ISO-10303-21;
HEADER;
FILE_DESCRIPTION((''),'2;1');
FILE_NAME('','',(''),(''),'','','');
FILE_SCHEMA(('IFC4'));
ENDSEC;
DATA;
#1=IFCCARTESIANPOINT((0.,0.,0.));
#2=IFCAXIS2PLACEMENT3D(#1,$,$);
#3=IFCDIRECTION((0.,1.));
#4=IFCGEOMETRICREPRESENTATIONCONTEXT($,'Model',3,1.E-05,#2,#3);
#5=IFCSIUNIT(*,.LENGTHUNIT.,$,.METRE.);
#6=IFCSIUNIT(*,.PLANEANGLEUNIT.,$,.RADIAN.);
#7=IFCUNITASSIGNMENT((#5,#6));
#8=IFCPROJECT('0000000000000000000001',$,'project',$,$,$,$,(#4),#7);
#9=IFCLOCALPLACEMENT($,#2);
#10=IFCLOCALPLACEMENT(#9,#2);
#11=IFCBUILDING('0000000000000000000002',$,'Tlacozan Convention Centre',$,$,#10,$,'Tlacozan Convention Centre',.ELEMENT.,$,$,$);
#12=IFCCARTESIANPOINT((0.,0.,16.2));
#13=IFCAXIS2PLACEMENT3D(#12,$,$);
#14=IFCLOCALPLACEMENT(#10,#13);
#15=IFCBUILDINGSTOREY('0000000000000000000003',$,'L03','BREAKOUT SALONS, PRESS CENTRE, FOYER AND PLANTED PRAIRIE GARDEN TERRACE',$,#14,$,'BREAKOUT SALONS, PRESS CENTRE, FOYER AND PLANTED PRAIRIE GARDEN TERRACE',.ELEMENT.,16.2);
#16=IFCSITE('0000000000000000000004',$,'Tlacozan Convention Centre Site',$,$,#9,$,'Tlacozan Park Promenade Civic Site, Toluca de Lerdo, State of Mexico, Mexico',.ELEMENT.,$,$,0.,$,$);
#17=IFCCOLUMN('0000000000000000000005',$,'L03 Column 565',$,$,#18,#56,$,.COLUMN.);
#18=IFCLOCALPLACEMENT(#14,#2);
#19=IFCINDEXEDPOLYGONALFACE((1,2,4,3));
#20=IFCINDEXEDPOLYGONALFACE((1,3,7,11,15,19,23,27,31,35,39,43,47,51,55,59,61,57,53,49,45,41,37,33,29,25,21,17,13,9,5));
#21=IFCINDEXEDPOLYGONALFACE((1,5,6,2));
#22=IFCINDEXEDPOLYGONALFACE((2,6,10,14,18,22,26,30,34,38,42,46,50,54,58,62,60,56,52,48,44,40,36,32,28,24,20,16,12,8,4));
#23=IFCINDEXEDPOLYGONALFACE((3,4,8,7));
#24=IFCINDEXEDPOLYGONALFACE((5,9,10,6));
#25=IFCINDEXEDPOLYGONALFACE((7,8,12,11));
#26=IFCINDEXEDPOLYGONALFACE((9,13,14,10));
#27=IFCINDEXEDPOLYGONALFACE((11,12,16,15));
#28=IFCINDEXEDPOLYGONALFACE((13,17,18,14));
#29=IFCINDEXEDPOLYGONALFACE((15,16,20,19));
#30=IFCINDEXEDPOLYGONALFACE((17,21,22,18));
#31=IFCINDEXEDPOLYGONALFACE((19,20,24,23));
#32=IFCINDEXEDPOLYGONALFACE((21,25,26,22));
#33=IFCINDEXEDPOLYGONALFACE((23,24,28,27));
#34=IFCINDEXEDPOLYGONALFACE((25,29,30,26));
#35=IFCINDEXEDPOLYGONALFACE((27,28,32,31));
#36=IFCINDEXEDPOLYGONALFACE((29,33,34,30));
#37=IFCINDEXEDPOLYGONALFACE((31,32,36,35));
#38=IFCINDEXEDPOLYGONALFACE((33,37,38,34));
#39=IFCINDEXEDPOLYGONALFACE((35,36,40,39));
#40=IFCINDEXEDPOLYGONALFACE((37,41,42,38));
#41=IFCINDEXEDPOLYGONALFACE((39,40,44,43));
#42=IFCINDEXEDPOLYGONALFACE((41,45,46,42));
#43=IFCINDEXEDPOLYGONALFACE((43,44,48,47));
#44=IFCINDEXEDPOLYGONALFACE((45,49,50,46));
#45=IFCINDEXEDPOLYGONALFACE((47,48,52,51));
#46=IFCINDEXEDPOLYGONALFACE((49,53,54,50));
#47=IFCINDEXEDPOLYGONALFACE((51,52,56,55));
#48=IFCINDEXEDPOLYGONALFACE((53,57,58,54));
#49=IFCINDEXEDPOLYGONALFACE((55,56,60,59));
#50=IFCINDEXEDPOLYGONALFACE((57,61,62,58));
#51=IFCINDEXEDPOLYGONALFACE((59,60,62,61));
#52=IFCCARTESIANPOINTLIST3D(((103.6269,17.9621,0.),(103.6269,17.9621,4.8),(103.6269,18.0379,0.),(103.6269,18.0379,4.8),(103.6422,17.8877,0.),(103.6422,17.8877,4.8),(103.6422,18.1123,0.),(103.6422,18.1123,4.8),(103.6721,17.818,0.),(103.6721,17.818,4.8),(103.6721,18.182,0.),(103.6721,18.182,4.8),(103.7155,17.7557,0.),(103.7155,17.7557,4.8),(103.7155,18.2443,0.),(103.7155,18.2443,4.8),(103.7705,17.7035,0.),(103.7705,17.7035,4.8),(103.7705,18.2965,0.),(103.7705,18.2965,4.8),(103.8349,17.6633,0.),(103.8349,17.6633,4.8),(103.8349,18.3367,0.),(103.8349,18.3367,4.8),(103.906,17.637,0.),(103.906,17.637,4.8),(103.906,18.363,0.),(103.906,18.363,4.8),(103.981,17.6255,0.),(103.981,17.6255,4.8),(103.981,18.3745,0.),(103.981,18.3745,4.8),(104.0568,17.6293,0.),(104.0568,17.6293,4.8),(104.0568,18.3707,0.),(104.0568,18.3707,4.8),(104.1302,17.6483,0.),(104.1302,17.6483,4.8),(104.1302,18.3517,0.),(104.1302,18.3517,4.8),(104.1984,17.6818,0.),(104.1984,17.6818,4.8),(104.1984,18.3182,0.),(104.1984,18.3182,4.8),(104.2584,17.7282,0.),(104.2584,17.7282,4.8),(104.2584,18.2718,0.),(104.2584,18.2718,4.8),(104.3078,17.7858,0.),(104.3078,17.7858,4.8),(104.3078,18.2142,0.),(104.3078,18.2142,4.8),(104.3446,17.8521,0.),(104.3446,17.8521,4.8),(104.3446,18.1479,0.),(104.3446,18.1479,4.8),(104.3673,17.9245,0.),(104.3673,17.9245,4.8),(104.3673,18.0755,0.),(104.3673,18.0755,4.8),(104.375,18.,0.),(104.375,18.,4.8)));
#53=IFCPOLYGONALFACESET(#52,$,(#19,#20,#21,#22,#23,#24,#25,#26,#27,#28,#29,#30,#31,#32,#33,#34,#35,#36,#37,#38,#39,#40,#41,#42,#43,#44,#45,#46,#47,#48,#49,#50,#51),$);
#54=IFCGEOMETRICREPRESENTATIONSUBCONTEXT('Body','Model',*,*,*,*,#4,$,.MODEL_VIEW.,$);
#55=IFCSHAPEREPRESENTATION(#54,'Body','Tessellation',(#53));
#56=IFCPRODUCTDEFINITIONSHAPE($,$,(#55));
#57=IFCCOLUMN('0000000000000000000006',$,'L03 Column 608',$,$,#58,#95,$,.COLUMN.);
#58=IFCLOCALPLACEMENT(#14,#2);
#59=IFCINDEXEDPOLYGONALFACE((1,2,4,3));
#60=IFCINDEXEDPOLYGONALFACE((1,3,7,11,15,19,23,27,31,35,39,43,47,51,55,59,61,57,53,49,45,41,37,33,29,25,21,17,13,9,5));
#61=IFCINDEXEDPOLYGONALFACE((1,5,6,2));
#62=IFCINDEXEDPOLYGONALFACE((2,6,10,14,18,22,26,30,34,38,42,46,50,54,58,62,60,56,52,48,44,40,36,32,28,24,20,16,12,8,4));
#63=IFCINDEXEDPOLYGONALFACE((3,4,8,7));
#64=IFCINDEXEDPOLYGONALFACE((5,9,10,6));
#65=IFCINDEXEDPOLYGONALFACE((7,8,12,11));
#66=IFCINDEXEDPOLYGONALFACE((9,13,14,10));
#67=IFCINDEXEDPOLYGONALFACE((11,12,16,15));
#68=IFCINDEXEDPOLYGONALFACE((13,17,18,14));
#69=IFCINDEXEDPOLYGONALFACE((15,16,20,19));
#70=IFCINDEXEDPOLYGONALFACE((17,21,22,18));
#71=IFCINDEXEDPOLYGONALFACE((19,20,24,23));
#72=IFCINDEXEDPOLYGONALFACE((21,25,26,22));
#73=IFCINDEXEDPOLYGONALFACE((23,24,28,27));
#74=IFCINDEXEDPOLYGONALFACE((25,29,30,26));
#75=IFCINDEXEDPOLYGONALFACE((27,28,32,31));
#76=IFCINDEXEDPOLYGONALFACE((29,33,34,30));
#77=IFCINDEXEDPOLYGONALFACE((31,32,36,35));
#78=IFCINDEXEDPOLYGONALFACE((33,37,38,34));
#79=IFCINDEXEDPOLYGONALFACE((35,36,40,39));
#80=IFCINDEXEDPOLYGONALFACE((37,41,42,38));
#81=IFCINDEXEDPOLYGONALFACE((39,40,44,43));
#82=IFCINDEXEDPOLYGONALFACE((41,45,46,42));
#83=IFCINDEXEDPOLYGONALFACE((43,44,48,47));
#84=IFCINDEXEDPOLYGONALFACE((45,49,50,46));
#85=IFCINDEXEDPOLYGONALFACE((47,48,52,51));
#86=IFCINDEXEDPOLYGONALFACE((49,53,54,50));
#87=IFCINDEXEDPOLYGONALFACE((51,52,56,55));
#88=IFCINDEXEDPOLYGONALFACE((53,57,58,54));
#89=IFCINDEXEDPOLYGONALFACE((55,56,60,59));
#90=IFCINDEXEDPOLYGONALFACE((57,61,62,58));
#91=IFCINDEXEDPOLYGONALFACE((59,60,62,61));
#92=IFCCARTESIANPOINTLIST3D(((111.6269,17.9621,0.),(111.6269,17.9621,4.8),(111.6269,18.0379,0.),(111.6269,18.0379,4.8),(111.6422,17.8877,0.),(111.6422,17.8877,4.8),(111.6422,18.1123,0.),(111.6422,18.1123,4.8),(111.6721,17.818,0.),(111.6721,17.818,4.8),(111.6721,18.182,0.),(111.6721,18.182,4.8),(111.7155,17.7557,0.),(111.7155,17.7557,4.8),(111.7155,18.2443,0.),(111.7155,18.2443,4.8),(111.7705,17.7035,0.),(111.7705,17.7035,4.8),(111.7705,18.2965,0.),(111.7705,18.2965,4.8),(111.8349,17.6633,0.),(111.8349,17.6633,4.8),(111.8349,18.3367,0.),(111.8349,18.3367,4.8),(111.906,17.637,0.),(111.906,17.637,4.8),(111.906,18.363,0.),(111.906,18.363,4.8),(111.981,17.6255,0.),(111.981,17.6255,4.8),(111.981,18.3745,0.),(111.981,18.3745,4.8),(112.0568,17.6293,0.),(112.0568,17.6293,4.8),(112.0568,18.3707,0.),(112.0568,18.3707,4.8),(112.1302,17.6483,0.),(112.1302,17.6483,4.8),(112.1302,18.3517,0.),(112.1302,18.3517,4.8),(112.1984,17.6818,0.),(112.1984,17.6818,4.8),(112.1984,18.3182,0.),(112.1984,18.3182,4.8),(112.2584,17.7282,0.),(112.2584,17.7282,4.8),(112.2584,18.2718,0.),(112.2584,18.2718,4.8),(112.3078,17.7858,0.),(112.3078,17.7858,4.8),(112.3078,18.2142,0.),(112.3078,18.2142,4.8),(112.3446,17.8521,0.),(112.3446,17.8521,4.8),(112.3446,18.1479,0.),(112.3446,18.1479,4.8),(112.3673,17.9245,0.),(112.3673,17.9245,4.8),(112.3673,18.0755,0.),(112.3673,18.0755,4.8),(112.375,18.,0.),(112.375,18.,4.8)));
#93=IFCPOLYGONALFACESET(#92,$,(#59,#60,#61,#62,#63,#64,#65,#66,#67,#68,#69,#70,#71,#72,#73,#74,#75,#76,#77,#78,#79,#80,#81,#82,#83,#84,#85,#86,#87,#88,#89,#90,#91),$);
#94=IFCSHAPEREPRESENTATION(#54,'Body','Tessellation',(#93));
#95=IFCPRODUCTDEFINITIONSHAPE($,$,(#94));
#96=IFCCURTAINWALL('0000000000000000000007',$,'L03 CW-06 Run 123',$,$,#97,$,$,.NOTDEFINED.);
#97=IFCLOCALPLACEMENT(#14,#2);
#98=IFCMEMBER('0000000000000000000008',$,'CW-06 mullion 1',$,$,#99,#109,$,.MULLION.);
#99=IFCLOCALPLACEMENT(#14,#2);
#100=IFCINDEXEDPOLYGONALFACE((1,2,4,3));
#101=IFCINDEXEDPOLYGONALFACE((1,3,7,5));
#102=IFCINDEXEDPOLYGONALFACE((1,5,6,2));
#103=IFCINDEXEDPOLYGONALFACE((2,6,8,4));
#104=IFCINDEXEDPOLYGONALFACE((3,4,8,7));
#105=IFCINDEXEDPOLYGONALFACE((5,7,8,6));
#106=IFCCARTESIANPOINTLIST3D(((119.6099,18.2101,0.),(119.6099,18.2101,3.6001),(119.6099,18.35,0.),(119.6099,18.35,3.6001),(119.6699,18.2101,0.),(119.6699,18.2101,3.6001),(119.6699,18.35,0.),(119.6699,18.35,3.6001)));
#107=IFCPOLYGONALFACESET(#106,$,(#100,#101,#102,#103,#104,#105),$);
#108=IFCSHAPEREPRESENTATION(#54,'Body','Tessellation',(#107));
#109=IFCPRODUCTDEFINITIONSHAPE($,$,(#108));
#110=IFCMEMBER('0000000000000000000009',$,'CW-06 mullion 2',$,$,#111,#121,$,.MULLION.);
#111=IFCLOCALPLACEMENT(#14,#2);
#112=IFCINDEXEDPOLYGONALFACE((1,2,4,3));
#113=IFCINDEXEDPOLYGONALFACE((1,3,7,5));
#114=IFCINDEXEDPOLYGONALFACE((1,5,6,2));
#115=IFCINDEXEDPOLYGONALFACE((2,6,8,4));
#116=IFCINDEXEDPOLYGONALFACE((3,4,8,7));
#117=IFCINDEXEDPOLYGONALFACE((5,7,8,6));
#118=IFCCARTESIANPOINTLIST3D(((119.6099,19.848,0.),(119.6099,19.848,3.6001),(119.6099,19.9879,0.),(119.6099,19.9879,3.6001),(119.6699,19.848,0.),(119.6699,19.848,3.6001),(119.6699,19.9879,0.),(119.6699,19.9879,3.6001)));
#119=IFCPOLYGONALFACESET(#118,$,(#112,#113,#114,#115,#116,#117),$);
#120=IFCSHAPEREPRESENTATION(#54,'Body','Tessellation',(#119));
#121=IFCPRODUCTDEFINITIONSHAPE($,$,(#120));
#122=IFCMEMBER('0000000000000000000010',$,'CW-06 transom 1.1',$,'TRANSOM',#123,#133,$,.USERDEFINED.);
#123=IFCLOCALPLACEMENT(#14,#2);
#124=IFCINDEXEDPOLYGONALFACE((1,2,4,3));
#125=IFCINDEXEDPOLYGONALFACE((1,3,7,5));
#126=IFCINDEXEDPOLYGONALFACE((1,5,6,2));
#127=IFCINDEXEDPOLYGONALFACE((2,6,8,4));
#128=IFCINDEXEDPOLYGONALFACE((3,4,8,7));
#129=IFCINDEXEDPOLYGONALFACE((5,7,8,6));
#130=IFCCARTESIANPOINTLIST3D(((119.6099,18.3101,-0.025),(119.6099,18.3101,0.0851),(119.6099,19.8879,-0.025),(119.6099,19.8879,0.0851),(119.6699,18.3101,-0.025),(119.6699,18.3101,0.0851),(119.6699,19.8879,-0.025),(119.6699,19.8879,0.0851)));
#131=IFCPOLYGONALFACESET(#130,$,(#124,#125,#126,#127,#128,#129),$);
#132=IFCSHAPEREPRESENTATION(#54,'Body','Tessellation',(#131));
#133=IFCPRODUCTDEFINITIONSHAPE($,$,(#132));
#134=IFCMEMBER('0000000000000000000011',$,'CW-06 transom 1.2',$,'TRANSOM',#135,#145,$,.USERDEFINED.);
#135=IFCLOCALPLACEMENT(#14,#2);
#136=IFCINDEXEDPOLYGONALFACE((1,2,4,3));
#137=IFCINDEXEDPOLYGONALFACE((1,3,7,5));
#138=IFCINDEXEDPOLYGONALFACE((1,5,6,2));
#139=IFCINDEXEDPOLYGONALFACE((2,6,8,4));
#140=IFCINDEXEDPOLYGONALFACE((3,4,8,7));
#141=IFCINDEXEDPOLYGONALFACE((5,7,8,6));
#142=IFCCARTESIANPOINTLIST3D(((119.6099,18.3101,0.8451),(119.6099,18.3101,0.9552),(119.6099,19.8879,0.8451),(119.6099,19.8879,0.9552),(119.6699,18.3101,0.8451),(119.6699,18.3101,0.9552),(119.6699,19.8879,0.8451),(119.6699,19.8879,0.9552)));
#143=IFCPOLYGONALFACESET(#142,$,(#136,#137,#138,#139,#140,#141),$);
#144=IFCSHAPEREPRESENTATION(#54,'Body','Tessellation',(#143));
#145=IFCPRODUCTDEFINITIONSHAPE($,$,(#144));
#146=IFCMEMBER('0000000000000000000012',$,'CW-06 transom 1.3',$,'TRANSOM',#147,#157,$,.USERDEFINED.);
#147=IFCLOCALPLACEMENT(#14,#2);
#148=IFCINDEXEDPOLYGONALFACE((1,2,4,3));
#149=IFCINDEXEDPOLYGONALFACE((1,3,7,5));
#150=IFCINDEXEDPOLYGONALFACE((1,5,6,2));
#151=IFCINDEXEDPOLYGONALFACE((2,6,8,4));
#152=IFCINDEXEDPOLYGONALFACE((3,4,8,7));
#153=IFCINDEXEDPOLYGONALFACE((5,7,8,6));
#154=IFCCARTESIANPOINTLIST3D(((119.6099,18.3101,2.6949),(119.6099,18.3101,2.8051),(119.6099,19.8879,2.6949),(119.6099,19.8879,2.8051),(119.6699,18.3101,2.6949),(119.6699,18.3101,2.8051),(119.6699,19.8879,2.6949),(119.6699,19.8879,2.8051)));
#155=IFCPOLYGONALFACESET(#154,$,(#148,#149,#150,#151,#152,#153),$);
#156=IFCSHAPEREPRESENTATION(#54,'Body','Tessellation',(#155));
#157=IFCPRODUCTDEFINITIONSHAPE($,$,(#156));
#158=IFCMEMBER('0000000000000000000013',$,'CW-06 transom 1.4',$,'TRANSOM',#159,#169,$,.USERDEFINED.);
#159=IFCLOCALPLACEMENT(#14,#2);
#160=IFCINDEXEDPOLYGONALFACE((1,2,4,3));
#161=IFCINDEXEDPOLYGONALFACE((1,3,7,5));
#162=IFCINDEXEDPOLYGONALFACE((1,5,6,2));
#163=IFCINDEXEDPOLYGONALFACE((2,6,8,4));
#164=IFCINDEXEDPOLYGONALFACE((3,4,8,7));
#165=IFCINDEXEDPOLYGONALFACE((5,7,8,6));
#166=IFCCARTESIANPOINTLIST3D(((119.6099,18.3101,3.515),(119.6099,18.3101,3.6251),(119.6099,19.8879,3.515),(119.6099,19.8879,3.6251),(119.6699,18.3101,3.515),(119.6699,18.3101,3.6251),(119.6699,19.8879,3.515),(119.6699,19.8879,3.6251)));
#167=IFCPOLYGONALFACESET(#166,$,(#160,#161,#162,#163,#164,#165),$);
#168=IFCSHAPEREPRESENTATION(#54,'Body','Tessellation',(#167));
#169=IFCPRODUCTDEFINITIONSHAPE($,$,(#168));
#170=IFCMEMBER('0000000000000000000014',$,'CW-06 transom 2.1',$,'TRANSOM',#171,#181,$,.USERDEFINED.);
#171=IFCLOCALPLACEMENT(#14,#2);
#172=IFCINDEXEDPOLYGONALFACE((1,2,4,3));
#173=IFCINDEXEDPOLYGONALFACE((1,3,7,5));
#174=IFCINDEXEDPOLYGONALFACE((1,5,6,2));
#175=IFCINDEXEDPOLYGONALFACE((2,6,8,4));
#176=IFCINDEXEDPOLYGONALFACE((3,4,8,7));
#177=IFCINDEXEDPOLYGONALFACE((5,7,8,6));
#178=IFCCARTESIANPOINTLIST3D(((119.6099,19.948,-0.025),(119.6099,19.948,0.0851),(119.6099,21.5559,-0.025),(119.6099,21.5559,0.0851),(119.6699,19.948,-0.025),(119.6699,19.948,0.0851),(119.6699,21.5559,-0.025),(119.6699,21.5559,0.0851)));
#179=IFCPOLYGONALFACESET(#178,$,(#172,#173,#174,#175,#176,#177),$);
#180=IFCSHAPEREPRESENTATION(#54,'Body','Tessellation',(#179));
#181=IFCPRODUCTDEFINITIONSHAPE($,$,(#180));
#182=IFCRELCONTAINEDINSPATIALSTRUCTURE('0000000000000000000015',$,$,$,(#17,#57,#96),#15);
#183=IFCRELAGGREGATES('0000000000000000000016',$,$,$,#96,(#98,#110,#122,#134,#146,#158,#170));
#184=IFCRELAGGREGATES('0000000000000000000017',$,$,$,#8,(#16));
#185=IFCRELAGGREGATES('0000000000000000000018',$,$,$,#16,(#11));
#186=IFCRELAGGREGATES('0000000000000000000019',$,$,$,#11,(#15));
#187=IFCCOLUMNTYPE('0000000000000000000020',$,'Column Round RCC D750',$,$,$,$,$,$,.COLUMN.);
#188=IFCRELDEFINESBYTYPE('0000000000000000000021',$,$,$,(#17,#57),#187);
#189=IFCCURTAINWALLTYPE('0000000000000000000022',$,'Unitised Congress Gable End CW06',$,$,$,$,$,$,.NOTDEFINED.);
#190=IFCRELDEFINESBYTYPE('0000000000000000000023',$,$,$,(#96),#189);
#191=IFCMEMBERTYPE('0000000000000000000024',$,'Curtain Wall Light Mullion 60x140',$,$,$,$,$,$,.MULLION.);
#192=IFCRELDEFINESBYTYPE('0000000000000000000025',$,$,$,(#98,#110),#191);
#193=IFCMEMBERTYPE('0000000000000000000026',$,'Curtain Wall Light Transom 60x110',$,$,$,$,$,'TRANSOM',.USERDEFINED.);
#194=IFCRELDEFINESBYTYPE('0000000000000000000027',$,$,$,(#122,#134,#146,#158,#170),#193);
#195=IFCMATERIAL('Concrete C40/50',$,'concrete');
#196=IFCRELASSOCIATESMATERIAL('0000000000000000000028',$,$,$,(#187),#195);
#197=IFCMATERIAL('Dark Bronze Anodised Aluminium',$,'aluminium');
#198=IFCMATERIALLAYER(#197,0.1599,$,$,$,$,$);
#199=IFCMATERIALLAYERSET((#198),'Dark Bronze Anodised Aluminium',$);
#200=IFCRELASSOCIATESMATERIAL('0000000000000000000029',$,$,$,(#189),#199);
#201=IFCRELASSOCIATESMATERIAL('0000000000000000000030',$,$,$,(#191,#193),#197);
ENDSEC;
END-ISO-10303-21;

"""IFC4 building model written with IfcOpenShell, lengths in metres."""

from ifc_helpers import new_model, si_unit, direction, frame, origin, origin_2d, place, context, subcontext, project, spatial, rectangle, circle, extrude, material, layer, layer_set, material_profile, profile_set, type_object, element, aggregate, save


model = new_model("IFC4")

# Units and contexts
model_context = context("Model", 3, precision=1e-05, world=origin(), true_north=direction((0.0, 1.0)))
body_context = subcontext(model_context, "Body", "Model", "MODEL_VIEW")
ifc_project = project(units=[si_unit("LENGTHUNIT", "METRE"), si_unit("PLANEANGLEUNIT", "RADIAN")], contexts=[model_context])

# Site, building, storey
site_placement = place(None, origin())
site = spatial("IfcSite", under=ifc_project, at=site_placement, Name="Tlacozan Convention Centre Site", LongName="Tlacozan Park Promenade Civic Site, Toluca de Lerdo, State of Mexico, Mexico", CompositionType="ELEMENT", RefElevation=0.0)
building_placement = place(site_placement, origin())
building = spatial("IfcBuilding", under=site, at=building_placement, Name="Tlacozan Convention Centre", LongName="Tlacozan Convention Centre", CompositionType="ELEMENT")
storey_placement = place(building_placement, frame((0.0, 0.0, 16.2)))
storey = spatial("IfcBuildingStorey", under=building, at=storey_placement, Name="L03", Description="BREAKOUT SALONS, PRESS CENTRE, FOYER AND PLANTED PRAIRIE GARDEN TERRACE", LongName="BREAKOUT SALONS, PRESS CENTRE, FOYER AND PLANTED PRAIRIE GARDEN TERRACE", CompositionType="ELEMENT", Elevation=16.2)

# Columns
ifc_material_1 = material(Name="Concrete C40/50", Category="concrete")
ifc_material_profile_1 = material_profile(ifc_material_1, circle(Radius=0.375, at=origin_2d()), Name="RCC D750")
ifc_profile_set_1 = profile_set([ifc_material_profile_1], Name="Concrete C40/50")
column_type = type_object("IfcColumnType", Name="Column Round RCC D750", PredefinedType="COLUMN", material=ifc_profile_set_1)
for number, where, z_axis, x_axis, name in (
    (1, (104.0, 18.0, 0.0), (0.0, 0.0, 1.0), (1.0, 0.0, 0.0), "L03 Column 565"),
    (2, (112.0, 18.0, 0.0), (0.0, 0.0, 1.0), (1.0, 0.0, 0.0), "L03 Column 608"),
):
    element("IfcColumn", number, at=place(storey_placement, frame(where, z_axis=z_axis, x_axis=x_axis)), inside=storey, type_object=column_type, Name=name, PredefinedType="COLUMN", context=body_context, shape_type="SweptSolid", body=[
        extrude(circle(Radius=0.375, at=origin_2d()), origin(), (0.0, 0.0, 1.0), 4.8),
    ])

# Curtain wall, members
ifc_material_2 = material(Name="Dark Bronze Anodised Aluminium", Category="aluminium")
ifc_layer_1 = layer(ifc_material_2, 0.1599)
ifc_layer_set_1 = layer_set([ifc_layer_1], Name="Dark Bronze Anodised Aluminium")
curtain_wall_type = type_object("IfcCurtainWallType", Name="Unitised Congress Gable End CW06", PredefinedType="NOTDEFINED", material=ifc_layer_set_1)
curtain_wall_placement = place(storey_placement, origin())
curtain_wall = element("IfcCurtainWall", 3, at=curtain_wall_placement, inside=storey, type_object=curtain_wall_type, Name="L03 CW-06 Run 123", PredefinedType="NOTDEFINED")
ifc_material_profile_2 = material_profile(ifc_material_2, rectangle(XDim=0.0601, YDim=0.1399, at=origin_2d()), Name="ALU 60x140")
ifc_profile_set_2 = profile_set([ifc_material_profile_2], Name="Dark Bronze Anodised Aluminium")
member_type_1 = type_object("IfcMemberType", Name="Curtain Wall Light Mullion 60x140", PredefinedType="MULLION", material=ifc_profile_set_2)
member_1_placement = place(storey_placement, frame((119.6399, 18.28, 0.0), z_axis=(0.0, 0.0, 1.0), x_axis=(-1.0, 0.0, 0.0)))
member_1 = element("IfcMember", 4, at=member_1_placement, type_object=member_type_1, Name="CW-06 mullion 1", PredefinedType="MULLION", context=body_context, shape_type="SweptSolid", body=[
    extrude(rectangle(XDim=0.0601, YDim=0.1399, at=origin_2d()), origin(), (0.0, 0.0, 1.0), 3.6001),
])
member_2_placement = place(storey_placement, frame((119.6399, 19.918, 0.0), z_axis=(0.0, 0.0, 1.0), x_axis=(-1.0, 0.0, 0.0)))
member_2 = element("IfcMember", 5, at=member_2_placement, type_object=member_type_1, Name="CW-06 mullion 2", PredefinedType="MULLION", context=body_context, shape_type="SweptSolid", body=[
    extrude(rectangle(XDim=0.0601, YDim=0.1399, at=origin_2d()), origin(), (0.0, 0.0, 1.0), 3.6001),
])
ifc_material_profile_3 = material_profile(ifc_material_2, rectangle(XDim=0.0601, YDim=0.1101, at=origin_2d()), Name="ALU 60x110")
ifc_profile_set_3 = profile_set([ifc_material_profile_3], Name="Dark Bronze Anodised Aluminium")
member_type_2 = type_object("IfcMemberType", Name="Curtain Wall Light Transom 60x110", ElementType="TRANSOM", PredefinedType="USERDEFINED", material=ifc_profile_set_3)
member_3_placement = place(storey_placement, frame((119.6399, 18.3101, 0.03), z_axis=(0.0, 1.0, 0.0), x_axis=(-1.0, 0.0, 0.0)))
member_3 = element("IfcMember", 6, at=member_3_placement, type_object=member_type_2, Name="CW-06 transom 1.1", ObjectType="TRANSOM", PredefinedType="USERDEFINED", context=body_context, shape_type="SweptSolid", body=[
    extrude(rectangle(XDim=0.0601, YDim=0.1101, at=origin_2d()), origin(), (0.0, 0.0, 1.0), 1.5779),
])
member_4_placement = place(storey_placement, frame((119.6399, 18.3101, 0.9001), z_axis=(0.0, 1.0, 0.0), x_axis=(-1.0, 0.0, 0.0)))
member_4 = element("IfcMember", 7, at=member_4_placement, type_object=member_type_2, Name="CW-06 transom 1.2", ObjectType="TRANSOM", PredefinedType="USERDEFINED", context=body_context, shape_type="SweptSolid", body=[
    extrude(rectangle(XDim=0.0601, YDim=0.1101, at=origin_2d()), origin(), (0.0, 0.0, 1.0), 1.5779),
])
member_5_placement = place(storey_placement, frame((119.6399, 18.3101, 2.75), z_axis=(0.0, 1.0, 0.0), x_axis=(-1.0, 0.0, 0.0)))
member_5 = element("IfcMember", 8, at=member_5_placement, type_object=member_type_2, Name="CW-06 transom 1.3", ObjectType="TRANSOM", PredefinedType="USERDEFINED", context=body_context, shape_type="SweptSolid", body=[
    extrude(rectangle(XDim=0.0601, YDim=0.1101, at=origin_2d()), origin(), (0.0, 0.0, 1.0), 1.5779),
])
member_6_placement = place(storey_placement, frame((119.6399, 18.3101, 3.5701), z_axis=(0.0, 1.0, 0.0), x_axis=(-1.0, 0.0, 0.0)))
member_6 = element("IfcMember", 9, at=member_6_placement, type_object=member_type_2, Name="CW-06 transom 1.4", ObjectType="TRANSOM", PredefinedType="USERDEFINED", context=body_context, shape_type="SweptSolid", body=[
    extrude(rectangle(XDim=0.0601, YDim=0.1101, at=origin_2d()), origin(), (0.0, 0.0, 1.0), 1.5779),
])
member_7_placement = place(storey_placement, frame((119.6399, 19.948, 0.03), z_axis=(0.0, 1.0, 0.0), x_axis=(-1.0, 0.0, 0.0)))
member_7 = element("IfcMember", 10, at=member_7_placement, type_object=member_type_2, Name="CW-06 transom 2.1", ObjectType="TRANSOM", PredefinedType="USERDEFINED", context=body_context, shape_type="SweptSolid", body=[
    extrude(rectangle(XDim=0.0601, YDim=0.1101, at=origin_2d()), origin(), (0.0, 0.0, 1.0), 1.6079),
])

aggregate(curtain_wall, [member_1, member_2, member_3, member_4, member_5, member_6, member_7])

save(model, "model.ifc")
